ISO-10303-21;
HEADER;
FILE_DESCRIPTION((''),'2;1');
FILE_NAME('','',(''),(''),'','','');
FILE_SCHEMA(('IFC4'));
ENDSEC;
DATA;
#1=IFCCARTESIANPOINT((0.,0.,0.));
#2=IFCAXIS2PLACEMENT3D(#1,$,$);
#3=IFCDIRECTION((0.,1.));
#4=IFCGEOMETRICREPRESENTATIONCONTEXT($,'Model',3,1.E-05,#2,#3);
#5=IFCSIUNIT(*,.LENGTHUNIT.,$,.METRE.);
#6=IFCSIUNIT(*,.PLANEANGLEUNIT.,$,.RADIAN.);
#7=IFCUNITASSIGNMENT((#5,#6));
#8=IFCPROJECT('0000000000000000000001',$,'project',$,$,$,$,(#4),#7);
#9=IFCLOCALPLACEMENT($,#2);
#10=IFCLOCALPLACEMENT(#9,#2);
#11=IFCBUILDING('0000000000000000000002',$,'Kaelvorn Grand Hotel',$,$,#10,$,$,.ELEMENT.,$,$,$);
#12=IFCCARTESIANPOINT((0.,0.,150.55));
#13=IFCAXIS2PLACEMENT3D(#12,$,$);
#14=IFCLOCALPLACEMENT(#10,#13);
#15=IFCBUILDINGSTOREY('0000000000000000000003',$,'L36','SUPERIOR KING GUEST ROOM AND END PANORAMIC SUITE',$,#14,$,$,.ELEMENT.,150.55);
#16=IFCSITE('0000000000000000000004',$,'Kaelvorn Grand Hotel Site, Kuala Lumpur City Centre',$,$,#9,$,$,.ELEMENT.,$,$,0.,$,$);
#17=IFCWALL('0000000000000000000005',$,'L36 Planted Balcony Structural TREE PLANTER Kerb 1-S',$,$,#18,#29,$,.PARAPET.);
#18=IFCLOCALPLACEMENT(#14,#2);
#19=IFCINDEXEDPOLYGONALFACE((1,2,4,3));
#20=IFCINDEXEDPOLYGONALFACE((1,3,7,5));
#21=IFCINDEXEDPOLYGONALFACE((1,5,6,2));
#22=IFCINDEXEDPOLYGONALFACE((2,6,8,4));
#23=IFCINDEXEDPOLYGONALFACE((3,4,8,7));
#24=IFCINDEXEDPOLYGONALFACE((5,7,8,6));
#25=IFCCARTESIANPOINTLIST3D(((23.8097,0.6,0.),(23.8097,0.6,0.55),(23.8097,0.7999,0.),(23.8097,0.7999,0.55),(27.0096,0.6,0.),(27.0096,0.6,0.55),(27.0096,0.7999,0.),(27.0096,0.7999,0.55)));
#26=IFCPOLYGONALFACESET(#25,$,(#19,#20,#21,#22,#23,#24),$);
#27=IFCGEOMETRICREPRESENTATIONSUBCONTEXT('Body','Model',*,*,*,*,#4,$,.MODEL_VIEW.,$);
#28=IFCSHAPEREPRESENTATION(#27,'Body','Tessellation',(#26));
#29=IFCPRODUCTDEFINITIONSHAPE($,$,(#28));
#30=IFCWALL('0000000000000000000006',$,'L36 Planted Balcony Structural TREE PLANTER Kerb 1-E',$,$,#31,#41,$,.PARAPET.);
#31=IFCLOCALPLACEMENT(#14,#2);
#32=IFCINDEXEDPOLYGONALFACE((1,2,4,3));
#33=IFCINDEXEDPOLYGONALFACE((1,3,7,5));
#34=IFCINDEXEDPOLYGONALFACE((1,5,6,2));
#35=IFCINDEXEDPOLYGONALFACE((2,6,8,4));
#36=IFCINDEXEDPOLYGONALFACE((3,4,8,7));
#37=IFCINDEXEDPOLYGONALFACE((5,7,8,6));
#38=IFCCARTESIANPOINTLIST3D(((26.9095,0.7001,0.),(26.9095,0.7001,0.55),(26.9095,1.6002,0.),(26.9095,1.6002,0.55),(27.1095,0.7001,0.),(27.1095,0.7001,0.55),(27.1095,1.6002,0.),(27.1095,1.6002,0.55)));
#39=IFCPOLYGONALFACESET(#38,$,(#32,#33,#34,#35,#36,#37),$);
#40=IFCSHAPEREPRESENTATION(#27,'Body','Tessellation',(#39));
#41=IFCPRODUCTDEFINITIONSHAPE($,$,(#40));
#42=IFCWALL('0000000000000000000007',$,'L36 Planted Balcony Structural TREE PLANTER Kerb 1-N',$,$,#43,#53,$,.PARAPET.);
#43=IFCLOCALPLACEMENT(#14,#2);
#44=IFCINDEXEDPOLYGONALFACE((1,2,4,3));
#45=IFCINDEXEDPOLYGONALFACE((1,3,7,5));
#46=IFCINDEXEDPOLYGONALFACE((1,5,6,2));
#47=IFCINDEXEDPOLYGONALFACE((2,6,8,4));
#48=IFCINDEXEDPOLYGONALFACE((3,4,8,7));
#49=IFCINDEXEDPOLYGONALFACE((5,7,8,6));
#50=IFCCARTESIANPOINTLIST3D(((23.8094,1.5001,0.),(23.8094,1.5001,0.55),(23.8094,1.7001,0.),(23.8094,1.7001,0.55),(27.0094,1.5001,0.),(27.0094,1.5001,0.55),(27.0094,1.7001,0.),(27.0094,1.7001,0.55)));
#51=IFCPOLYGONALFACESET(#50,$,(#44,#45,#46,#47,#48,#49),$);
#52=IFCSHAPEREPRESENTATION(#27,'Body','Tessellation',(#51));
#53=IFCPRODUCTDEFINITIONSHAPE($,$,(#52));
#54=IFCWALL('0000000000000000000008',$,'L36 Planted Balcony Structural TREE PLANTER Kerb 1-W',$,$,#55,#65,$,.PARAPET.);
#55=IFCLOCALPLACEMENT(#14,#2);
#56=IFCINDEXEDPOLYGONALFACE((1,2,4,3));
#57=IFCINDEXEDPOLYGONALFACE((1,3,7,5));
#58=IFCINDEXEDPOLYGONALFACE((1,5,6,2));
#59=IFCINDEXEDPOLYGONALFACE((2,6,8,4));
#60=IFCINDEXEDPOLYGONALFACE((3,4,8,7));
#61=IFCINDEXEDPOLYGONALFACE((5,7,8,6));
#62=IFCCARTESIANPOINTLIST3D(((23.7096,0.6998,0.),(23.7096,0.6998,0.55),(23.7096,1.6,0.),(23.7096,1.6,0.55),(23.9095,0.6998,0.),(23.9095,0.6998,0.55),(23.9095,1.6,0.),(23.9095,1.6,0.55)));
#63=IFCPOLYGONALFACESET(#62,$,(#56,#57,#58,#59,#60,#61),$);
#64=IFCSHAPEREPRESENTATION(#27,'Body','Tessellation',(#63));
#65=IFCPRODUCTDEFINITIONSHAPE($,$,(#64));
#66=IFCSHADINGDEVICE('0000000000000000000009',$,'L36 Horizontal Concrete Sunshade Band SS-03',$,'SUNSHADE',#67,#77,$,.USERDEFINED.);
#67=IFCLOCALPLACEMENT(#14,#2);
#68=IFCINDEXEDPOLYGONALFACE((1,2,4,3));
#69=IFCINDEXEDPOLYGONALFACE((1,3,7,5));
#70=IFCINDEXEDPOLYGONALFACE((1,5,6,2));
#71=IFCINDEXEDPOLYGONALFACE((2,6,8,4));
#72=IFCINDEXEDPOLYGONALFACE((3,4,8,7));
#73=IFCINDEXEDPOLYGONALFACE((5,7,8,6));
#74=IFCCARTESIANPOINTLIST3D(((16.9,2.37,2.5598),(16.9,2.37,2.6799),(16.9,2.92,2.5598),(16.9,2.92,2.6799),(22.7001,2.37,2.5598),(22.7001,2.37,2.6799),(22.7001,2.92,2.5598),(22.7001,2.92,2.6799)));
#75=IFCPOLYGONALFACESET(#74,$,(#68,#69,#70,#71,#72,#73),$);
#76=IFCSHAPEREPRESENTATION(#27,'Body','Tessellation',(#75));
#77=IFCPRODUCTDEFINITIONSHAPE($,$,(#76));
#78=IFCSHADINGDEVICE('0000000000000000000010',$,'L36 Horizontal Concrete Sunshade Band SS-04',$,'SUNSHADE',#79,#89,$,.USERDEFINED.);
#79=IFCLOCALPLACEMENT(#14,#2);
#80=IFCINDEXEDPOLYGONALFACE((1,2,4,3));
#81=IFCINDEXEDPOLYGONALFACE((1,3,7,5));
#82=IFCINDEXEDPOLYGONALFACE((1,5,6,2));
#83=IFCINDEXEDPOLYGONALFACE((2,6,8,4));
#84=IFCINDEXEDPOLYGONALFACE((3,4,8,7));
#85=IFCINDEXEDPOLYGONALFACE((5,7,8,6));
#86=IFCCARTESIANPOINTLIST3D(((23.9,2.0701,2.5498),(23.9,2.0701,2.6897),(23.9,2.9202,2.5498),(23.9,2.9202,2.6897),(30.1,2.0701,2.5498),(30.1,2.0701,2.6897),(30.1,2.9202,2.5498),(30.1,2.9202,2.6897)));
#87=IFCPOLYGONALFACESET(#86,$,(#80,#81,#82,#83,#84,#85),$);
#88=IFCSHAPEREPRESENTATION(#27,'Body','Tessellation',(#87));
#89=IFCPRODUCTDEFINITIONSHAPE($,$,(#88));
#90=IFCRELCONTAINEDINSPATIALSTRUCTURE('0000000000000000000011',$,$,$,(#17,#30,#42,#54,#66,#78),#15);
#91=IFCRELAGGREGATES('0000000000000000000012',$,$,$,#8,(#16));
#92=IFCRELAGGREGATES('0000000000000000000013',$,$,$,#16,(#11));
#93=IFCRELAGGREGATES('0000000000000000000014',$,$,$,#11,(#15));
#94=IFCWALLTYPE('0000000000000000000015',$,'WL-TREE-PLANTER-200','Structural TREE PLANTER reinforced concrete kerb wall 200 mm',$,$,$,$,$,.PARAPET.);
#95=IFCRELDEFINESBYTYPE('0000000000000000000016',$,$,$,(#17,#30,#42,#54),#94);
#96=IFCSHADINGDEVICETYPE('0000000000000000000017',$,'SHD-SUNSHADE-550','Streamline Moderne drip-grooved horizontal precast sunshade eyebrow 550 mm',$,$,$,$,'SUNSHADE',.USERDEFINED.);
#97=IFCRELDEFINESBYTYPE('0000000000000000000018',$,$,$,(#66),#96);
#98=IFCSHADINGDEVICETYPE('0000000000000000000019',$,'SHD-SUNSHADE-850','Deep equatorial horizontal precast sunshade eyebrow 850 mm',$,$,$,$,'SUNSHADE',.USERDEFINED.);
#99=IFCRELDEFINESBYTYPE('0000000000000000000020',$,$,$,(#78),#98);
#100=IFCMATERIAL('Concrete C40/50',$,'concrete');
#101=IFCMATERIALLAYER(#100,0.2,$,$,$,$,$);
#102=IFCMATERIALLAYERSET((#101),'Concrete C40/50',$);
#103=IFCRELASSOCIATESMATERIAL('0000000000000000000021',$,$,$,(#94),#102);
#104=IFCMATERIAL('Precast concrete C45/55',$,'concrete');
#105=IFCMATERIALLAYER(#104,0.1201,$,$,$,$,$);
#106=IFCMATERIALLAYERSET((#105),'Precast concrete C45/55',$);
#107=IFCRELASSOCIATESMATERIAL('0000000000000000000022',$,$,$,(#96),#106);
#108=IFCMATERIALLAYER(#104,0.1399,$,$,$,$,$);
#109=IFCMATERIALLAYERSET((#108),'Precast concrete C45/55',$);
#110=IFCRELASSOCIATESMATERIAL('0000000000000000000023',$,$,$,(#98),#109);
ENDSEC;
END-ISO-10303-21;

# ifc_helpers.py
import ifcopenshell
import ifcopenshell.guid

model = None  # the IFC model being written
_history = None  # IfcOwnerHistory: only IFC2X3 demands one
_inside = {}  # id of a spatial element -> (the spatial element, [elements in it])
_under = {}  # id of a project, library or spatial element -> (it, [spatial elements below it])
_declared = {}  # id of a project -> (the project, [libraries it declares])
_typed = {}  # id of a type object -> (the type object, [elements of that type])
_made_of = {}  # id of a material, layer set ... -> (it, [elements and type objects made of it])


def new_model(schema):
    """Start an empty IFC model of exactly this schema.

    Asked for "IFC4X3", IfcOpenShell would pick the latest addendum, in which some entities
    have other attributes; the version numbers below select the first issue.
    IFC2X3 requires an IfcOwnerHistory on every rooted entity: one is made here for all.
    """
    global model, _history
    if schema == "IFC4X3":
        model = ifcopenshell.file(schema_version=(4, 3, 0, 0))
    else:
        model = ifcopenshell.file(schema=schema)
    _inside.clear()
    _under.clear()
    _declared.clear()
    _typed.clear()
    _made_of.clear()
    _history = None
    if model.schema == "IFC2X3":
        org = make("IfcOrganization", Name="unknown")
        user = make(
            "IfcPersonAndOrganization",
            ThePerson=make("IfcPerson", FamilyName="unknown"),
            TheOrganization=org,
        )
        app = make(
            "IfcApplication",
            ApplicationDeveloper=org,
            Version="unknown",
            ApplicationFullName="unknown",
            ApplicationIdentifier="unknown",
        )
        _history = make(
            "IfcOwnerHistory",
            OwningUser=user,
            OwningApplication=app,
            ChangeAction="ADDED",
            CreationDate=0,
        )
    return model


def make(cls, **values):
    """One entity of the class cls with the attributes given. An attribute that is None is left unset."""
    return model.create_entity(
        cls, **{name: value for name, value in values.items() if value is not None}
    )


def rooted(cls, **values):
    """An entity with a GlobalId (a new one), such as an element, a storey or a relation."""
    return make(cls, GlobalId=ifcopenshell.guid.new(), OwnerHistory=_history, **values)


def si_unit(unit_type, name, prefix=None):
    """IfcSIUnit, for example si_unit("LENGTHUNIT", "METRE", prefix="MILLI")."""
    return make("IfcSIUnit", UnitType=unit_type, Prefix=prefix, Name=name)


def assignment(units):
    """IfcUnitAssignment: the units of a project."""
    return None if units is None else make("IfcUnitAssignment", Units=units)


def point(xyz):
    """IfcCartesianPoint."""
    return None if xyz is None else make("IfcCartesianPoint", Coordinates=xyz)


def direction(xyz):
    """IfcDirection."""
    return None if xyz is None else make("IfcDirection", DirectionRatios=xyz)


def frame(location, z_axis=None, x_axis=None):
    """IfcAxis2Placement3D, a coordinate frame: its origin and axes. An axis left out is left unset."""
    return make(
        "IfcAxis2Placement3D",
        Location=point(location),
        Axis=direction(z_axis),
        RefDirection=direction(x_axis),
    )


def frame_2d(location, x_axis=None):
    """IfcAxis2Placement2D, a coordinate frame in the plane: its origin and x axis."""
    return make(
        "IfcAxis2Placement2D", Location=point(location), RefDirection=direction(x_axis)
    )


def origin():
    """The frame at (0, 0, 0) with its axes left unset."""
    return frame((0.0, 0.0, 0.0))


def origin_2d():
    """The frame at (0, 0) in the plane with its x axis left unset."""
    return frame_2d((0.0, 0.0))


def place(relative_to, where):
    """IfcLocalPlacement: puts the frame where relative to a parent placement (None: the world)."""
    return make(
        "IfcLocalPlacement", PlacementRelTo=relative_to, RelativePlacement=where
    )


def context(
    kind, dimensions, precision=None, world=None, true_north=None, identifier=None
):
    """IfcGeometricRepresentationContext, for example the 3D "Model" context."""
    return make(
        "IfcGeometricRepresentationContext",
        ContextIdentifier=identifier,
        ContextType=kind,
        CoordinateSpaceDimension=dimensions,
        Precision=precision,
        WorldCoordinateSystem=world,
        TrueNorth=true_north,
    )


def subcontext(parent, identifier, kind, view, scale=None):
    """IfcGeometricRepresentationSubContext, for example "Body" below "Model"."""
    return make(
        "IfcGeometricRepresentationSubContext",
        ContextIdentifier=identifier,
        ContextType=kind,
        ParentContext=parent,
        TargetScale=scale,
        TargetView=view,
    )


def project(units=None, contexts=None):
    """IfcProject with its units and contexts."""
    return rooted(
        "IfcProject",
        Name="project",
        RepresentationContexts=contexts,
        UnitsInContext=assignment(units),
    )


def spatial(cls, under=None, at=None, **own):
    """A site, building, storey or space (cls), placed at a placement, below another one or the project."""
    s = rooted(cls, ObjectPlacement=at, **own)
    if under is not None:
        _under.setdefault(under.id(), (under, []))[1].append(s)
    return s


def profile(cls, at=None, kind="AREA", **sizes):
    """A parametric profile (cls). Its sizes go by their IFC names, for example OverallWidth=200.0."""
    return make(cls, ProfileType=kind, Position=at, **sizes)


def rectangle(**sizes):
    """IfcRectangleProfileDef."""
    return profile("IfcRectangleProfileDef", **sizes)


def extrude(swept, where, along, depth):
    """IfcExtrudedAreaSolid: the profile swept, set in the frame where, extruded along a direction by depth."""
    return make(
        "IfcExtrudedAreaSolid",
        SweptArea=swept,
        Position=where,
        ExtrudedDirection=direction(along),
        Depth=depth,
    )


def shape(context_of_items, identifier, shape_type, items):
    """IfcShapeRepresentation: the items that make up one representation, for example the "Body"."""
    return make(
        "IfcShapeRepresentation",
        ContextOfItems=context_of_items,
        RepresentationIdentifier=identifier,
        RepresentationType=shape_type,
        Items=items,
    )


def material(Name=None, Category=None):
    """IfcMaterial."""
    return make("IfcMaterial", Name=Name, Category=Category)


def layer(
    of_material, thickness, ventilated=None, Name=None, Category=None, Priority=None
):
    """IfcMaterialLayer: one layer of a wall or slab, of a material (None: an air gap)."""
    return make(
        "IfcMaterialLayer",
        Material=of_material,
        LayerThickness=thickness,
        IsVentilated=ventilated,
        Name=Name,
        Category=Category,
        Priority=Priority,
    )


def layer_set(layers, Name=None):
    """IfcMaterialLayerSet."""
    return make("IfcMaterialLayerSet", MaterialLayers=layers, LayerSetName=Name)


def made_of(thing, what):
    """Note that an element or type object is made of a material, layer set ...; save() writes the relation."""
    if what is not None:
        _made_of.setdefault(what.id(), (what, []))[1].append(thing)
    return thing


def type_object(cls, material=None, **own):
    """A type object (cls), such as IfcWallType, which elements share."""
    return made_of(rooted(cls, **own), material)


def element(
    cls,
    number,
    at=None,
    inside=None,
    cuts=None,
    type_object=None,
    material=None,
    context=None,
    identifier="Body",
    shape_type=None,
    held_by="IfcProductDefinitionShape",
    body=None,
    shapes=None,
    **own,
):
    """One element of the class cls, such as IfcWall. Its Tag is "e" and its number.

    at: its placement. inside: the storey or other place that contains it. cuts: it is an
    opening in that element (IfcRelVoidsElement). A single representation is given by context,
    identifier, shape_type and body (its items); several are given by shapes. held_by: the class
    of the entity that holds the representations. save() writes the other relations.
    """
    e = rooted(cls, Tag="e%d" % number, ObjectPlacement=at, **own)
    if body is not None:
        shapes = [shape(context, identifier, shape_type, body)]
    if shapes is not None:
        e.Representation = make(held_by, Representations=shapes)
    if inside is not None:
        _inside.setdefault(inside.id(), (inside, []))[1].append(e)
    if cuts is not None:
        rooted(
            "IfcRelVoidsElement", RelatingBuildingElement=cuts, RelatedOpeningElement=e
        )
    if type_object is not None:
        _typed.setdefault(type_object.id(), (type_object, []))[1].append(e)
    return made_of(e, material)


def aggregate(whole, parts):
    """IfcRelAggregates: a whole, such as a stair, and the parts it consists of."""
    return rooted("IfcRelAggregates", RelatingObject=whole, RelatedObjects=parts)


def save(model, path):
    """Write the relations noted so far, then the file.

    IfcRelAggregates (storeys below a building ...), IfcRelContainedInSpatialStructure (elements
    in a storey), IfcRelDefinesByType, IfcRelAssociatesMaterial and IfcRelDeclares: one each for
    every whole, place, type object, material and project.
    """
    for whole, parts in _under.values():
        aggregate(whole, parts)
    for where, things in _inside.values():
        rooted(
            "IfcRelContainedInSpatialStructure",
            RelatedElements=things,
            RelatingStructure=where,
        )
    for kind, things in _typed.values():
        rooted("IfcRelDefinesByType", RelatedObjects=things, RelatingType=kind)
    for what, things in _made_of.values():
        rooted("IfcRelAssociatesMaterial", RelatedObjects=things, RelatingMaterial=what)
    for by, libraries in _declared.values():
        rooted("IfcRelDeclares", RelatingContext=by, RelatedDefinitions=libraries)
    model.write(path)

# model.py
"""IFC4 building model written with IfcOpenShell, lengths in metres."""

from ifc_helpers import new_model, si_unit, direction, frame, frame_2d, origin, origin_2d, place, context, subcontext, project, spatial, rectangle, extrude, material, layer, layer_set, type_object, element, save


model = new_model("IFC4")

# Units and contexts
model_context = context("Model", 3, precision=1e-05, world=origin(), true_north=direction((0.0, 1.0)))
body_context = subcontext(model_context, "Body", "Model", "MODEL_VIEW")
ifc_project = project(units=[si_unit("LENGTHUNIT", "METRE"), si_unit("PLANEANGLEUNIT", "RADIAN")], contexts=[model_context])

# Site, building, storey
site_placement = place(None, origin())
site = spatial("IfcSite", under=ifc_project, at=site_placement, Name="Kaelvorn Grand Hotel Site, Kuala Lumpur City Centre", CompositionType="ELEMENT", RefElevation=0.0)
building_placement = place(site_placement, origin())
building = spatial("IfcBuilding", under=site, at=building_placement, Name="Kaelvorn Grand Hotel", CompositionType="ELEMENT")
storey_placement = place(building_placement, frame((0.0, 0.0, 150.55)))
storey = spatial("IfcBuildingStorey", under=building, at=storey_placement, Name="L36", Description="SUPERIOR KING GUEST ROOM AND END PANORAMIC SUITE", CompositionType="ELEMENT", Elevation=150.55)

# Shared definitions
ifc_material_1 = material(Name="Concrete C40/50", Category="concrete")

# Walls
ifc_layer_1 = layer(ifc_material_1, 0.2)
ifc_layer_set_1 = layer_set([ifc_layer_1], Name="Concrete C40/50")
wall_type_1 = type_object("IfcWallType", Name="WL-TREE-PLANTER-200", Description="Structural TREE PLANTER reinforced concrete kerb wall 200 mm", PredefinedType="PARAPET", material=ifc_layer_set_1)
wall_1_placement = place(storey_placement, frame((23.8096, 0.7, 0.0), z_axis=(0.0, 0.0, 1.0), x_axis=(1.0, 0.0, 0.0)))
element("IfcWall", 1, at=wall_1_placement, inside=storey, type_object=wall_type_1, Name="L36 Planted Balcony Structural TREE PLANTER Kerb 1-S", PredefinedType="PARAPET", context=body_context, shape_type="SweptSolid", body=[
    extrude(rectangle(XDim=3.2, YDim=0.2, at=frame_2d((1.6001, 0.0))), origin(), (0.0, 0.0, 1.0), 0.55),
])
wall_2_placement = place(storey_placement, frame((27.0095, 0.7, 0.0), z_axis=(0.0, 0.0, 1.0), x_axis=(0.0, 1.0, 0.0)))
element("IfcWall", 2, at=wall_2_placement, inside=storey, type_object=wall_type_1, Name="L36 Planted Balcony Structural TREE PLANTER Kerb 1-E", PredefinedType="PARAPET", context=body_context, shape_type="SweptSolid", body=[
    extrude(rectangle(XDim=0.9001, YDim=0.2, at=frame_2d((0.4502, 0.0))), origin(), (0.0, 0.0, 1.0), 0.55),
])
wall_3_placement = place(storey_placement, frame((27.0095, 1.6001, 0.0), z_axis=(0.0, 0.0, 1.0), x_axis=(-1.0, 0.0, 0.0)))
element("IfcWall", 3, at=wall_3_placement, inside=storey, type_object=wall_type_1, Name="L36 Planted Balcony Structural TREE PLANTER Kerb 1-N", PredefinedType="PARAPET", context=body_context, shape_type="SweptSolid", body=[
    extrude(rectangle(XDim=3.2, YDim=0.2, at=frame_2d((1.6001, 0.0))), origin(), (0.0, 0.0, 1.0), 0.55),
])
wall_4_placement = place(storey_placement, frame((23.8096, 1.6001, 0.0), z_axis=(0.0, 0.0, 1.0), x_axis=(0.0, -1.0, 0.0)))
element("IfcWall", 4, at=wall_4_placement, inside=storey, type_object=wall_type_1, Name="L36 Planted Balcony Structural TREE PLANTER Kerb 1-W", PredefinedType="PARAPET", context=body_context, shape_type="SweptSolid", body=[
    extrude(rectangle(XDim=0.9001, YDim=0.2, at=frame_2d((0.4502, 0.0))), origin(), (0.0, 0.0, 1.0), 0.55),
])

# Shading devices
ifc_material_2 = material(Name="Precast concrete C45/55", Category="concrete")
ifc_layer_2 = layer(ifc_material_2, 0.1201)
ifc_layer_set_2 = layer_set([ifc_layer_2], Name="Precast concrete C45/55")
shading_device_type_1 = type_object("IfcShadingDeviceType", Name="SHD-SUNSHADE-550", Description="Streamline Moderne drip-grooved horizontal precast sunshade eyebrow 550 mm", ElementType="SUNSHADE", PredefinedType="USERDEFINED", material=ifc_layer_set_2)
shading_device_1_placement = place(storey_placement, frame((19.8, 2.645, 2.5598), z_axis=(0.0, 0.0, 1.0), x_axis=(1.0, 0.0, 0.0)))
element("IfcShadingDevice", 5, at=shading_device_1_placement, inside=storey, type_object=shading_device_type_1, Name="L36 Horizontal Concrete Sunshade Band SS-03", ObjectType="SUNSHADE", PredefinedType="USERDEFINED", context=body_context, shape_type="SweptSolid", body=[
    extrude(rectangle(XDim=5.8, YDim=0.55, at=origin_2d()), origin(), (0.0, 0.0, 1.0), 0.1201),
])
ifc_layer_3 = layer(ifc_material_2, 0.1399)
ifc_layer_set_3 = layer_set([ifc_layer_3], Name="Precast concrete C45/55")
shading_device_type_2 = type_object("IfcShadingDeviceType", Name="SHD-SUNSHADE-850", Description="Deep equatorial horizontal precast sunshade eyebrow 850 mm", ElementType="SUNSHADE", PredefinedType="USERDEFINED", material=ifc_layer_set_3)
shading_device_2_placement = place(storey_placement, frame((27.0, 2.4951, 2.5498), z_axis=(0.0, 0.0, 1.0), x_axis=(1.0, 0.0, 0.0)))
element("IfcShadingDevice", 6, at=shading_device_2_placement, inside=storey, type_object=shading_device_type_2, Name="L36 Horizontal Concrete Sunshade Band SS-04", ObjectType="SUNSHADE", PredefinedType="USERDEFINED", context=body_context, shape_type="SweptSolid", body=[
    extrude(rectangle(XDim=6.2, YDim=0.8501, at=origin_2d()), origin(), (0.0, 0.0, 1.0), 0.1399),
])

save(model, "model.ifc")
